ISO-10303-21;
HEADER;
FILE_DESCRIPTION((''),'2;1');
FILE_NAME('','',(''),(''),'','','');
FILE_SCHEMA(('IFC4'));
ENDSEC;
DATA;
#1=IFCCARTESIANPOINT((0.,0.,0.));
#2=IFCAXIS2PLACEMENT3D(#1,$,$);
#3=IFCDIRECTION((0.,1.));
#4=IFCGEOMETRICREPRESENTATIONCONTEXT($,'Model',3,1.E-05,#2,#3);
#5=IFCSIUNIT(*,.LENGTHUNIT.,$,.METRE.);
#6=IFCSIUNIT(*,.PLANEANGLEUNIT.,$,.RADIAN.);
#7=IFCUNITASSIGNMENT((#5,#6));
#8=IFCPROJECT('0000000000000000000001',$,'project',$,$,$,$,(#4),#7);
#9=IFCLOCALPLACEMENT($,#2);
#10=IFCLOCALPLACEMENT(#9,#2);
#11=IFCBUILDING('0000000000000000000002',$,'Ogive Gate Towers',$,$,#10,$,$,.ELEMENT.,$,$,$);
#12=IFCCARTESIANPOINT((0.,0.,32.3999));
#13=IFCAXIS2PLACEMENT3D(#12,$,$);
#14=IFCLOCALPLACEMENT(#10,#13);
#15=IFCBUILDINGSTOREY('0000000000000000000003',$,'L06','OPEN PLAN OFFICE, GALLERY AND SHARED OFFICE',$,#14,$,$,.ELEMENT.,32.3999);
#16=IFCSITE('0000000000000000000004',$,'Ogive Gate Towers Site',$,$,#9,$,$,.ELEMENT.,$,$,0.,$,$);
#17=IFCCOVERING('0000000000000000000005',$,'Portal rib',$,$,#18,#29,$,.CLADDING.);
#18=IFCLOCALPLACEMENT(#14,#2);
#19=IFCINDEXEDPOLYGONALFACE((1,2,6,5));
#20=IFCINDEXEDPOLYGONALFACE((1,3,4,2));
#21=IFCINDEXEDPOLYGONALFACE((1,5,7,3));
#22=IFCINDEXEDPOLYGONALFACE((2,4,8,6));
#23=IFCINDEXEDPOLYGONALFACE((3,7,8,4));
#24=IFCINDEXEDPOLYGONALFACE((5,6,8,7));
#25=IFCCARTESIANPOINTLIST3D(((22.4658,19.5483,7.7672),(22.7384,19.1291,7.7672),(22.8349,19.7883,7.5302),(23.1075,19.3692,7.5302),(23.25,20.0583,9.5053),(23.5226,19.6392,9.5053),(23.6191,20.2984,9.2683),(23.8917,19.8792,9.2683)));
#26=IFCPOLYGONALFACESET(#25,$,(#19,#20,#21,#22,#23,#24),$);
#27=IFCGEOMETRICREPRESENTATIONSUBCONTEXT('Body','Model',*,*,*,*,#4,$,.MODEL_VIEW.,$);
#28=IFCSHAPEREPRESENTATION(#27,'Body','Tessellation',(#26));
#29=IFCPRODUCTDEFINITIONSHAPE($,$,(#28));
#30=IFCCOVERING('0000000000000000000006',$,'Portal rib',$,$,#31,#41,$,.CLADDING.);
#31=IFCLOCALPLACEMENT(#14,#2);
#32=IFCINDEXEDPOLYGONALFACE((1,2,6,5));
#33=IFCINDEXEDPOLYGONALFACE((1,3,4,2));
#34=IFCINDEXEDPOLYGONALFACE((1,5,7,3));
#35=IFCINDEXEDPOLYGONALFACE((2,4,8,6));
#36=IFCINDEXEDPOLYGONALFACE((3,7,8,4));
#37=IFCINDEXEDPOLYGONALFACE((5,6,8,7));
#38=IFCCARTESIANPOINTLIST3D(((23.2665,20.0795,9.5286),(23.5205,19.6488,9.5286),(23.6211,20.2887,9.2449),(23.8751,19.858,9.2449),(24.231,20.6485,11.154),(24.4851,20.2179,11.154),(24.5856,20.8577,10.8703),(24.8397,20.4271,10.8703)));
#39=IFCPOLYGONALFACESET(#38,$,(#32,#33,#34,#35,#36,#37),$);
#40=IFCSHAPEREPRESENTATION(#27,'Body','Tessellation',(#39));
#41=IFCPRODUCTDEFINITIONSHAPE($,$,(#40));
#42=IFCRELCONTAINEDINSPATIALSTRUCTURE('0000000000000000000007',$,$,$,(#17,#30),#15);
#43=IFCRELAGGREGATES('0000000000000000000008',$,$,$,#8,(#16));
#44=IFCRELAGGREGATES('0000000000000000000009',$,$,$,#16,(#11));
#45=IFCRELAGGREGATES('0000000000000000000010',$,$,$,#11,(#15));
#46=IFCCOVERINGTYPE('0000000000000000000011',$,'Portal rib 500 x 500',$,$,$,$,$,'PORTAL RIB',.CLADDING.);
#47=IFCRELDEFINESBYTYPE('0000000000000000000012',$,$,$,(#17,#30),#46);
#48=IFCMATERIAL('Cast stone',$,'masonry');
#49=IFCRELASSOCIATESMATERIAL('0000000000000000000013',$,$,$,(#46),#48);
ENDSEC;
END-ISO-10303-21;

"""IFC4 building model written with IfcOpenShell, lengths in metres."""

from ifc_helpers import new_model, si_unit, direction, frame, origin, origin_2d, place, context, subcontext, project, spatial, rectangle, extrude, material, material_profile, profile_set, type_object, element, save


model = new_model("IFC4")

# Units and contexts
model_context = context("Model", 3, precision=1e-05, world=origin(), true_north=direction((0.0, 1.0)))
body_context = subcontext(model_context, "Body", "Model", "MODEL_VIEW")
ifc_project = project(units=[si_unit("LENGTHUNIT", "METRE"), si_unit("PLANEANGLEUNIT", "RADIAN")], contexts=[model_context])

# Site, building, storey
site_placement = place(None, origin())
site = spatial("IfcSite", under=ifc_project, at=site_placement, Name="Ogive Gate Towers Site", CompositionType="ELEMENT", RefElevation=0.0)
building_placement = place(site_placement, origin())
building = spatial("IfcBuilding", under=site, at=building_placement, Name="Ogive Gate Towers", CompositionType="ELEMENT")
storey_placement = place(building_placement, frame((0.0, 0.0, 32.3999)))
storey = spatial("IfcBuildingStorey", under=building, at=storey_placement, Name="L06", Description="OPEN PLAN OFFICE, GALLERY AND SHARED OFFICE", CompositionType="ELEMENT", Elevation=32.3999)

# Coverings
ifc_material_1 = material(Name="Cast stone", Category="masonry")
ifc_material_profile_1 = material_profile(ifc_material_1, rectangle(XDim=0.5, YDim=0.5, at=origin_2d()), Name="500 x 500 cast stone")
ifc_profile_set_1 = profile_set([ifc_material_profile_1], Name="Cast stone")
covering_type = type_object("IfcCoveringType", Name="Portal rib 500 x 500", ElementType="PORTAL RIB", PredefinedType="CLADDING", material=ifc_profile_set_1)
for number, where, z_axis, x_axis, name in (
    (1, (22.7866, 19.4587, 7.6487), (0.397298, 0.258392, 0.880561), (-0.545208, 0.8383, 0.0), "Portal rib"),
    (2, (23.5708, 19.9688, 9.3867), (0.488661, 0.288299, 0.823464), (-0.508134, 0.861278, 0.0), "Portal rib"),
):
    element("IfcCovering", number, at=place(storey_placement, frame(where, z_axis=z_axis, x_axis=x_axis)), inside=storey, type_object=covering_type, Name=name, PredefinedType="CLADDING", context=body_context, shape_type="SweptSolid", body=[
        extrude(rectangle(XDim=0.5, YDim=0.5, at=origin_2d()), origin(), (0.0, 0.0, 1.0), 1.9739),
    ])

save(model, "model.ifc")
